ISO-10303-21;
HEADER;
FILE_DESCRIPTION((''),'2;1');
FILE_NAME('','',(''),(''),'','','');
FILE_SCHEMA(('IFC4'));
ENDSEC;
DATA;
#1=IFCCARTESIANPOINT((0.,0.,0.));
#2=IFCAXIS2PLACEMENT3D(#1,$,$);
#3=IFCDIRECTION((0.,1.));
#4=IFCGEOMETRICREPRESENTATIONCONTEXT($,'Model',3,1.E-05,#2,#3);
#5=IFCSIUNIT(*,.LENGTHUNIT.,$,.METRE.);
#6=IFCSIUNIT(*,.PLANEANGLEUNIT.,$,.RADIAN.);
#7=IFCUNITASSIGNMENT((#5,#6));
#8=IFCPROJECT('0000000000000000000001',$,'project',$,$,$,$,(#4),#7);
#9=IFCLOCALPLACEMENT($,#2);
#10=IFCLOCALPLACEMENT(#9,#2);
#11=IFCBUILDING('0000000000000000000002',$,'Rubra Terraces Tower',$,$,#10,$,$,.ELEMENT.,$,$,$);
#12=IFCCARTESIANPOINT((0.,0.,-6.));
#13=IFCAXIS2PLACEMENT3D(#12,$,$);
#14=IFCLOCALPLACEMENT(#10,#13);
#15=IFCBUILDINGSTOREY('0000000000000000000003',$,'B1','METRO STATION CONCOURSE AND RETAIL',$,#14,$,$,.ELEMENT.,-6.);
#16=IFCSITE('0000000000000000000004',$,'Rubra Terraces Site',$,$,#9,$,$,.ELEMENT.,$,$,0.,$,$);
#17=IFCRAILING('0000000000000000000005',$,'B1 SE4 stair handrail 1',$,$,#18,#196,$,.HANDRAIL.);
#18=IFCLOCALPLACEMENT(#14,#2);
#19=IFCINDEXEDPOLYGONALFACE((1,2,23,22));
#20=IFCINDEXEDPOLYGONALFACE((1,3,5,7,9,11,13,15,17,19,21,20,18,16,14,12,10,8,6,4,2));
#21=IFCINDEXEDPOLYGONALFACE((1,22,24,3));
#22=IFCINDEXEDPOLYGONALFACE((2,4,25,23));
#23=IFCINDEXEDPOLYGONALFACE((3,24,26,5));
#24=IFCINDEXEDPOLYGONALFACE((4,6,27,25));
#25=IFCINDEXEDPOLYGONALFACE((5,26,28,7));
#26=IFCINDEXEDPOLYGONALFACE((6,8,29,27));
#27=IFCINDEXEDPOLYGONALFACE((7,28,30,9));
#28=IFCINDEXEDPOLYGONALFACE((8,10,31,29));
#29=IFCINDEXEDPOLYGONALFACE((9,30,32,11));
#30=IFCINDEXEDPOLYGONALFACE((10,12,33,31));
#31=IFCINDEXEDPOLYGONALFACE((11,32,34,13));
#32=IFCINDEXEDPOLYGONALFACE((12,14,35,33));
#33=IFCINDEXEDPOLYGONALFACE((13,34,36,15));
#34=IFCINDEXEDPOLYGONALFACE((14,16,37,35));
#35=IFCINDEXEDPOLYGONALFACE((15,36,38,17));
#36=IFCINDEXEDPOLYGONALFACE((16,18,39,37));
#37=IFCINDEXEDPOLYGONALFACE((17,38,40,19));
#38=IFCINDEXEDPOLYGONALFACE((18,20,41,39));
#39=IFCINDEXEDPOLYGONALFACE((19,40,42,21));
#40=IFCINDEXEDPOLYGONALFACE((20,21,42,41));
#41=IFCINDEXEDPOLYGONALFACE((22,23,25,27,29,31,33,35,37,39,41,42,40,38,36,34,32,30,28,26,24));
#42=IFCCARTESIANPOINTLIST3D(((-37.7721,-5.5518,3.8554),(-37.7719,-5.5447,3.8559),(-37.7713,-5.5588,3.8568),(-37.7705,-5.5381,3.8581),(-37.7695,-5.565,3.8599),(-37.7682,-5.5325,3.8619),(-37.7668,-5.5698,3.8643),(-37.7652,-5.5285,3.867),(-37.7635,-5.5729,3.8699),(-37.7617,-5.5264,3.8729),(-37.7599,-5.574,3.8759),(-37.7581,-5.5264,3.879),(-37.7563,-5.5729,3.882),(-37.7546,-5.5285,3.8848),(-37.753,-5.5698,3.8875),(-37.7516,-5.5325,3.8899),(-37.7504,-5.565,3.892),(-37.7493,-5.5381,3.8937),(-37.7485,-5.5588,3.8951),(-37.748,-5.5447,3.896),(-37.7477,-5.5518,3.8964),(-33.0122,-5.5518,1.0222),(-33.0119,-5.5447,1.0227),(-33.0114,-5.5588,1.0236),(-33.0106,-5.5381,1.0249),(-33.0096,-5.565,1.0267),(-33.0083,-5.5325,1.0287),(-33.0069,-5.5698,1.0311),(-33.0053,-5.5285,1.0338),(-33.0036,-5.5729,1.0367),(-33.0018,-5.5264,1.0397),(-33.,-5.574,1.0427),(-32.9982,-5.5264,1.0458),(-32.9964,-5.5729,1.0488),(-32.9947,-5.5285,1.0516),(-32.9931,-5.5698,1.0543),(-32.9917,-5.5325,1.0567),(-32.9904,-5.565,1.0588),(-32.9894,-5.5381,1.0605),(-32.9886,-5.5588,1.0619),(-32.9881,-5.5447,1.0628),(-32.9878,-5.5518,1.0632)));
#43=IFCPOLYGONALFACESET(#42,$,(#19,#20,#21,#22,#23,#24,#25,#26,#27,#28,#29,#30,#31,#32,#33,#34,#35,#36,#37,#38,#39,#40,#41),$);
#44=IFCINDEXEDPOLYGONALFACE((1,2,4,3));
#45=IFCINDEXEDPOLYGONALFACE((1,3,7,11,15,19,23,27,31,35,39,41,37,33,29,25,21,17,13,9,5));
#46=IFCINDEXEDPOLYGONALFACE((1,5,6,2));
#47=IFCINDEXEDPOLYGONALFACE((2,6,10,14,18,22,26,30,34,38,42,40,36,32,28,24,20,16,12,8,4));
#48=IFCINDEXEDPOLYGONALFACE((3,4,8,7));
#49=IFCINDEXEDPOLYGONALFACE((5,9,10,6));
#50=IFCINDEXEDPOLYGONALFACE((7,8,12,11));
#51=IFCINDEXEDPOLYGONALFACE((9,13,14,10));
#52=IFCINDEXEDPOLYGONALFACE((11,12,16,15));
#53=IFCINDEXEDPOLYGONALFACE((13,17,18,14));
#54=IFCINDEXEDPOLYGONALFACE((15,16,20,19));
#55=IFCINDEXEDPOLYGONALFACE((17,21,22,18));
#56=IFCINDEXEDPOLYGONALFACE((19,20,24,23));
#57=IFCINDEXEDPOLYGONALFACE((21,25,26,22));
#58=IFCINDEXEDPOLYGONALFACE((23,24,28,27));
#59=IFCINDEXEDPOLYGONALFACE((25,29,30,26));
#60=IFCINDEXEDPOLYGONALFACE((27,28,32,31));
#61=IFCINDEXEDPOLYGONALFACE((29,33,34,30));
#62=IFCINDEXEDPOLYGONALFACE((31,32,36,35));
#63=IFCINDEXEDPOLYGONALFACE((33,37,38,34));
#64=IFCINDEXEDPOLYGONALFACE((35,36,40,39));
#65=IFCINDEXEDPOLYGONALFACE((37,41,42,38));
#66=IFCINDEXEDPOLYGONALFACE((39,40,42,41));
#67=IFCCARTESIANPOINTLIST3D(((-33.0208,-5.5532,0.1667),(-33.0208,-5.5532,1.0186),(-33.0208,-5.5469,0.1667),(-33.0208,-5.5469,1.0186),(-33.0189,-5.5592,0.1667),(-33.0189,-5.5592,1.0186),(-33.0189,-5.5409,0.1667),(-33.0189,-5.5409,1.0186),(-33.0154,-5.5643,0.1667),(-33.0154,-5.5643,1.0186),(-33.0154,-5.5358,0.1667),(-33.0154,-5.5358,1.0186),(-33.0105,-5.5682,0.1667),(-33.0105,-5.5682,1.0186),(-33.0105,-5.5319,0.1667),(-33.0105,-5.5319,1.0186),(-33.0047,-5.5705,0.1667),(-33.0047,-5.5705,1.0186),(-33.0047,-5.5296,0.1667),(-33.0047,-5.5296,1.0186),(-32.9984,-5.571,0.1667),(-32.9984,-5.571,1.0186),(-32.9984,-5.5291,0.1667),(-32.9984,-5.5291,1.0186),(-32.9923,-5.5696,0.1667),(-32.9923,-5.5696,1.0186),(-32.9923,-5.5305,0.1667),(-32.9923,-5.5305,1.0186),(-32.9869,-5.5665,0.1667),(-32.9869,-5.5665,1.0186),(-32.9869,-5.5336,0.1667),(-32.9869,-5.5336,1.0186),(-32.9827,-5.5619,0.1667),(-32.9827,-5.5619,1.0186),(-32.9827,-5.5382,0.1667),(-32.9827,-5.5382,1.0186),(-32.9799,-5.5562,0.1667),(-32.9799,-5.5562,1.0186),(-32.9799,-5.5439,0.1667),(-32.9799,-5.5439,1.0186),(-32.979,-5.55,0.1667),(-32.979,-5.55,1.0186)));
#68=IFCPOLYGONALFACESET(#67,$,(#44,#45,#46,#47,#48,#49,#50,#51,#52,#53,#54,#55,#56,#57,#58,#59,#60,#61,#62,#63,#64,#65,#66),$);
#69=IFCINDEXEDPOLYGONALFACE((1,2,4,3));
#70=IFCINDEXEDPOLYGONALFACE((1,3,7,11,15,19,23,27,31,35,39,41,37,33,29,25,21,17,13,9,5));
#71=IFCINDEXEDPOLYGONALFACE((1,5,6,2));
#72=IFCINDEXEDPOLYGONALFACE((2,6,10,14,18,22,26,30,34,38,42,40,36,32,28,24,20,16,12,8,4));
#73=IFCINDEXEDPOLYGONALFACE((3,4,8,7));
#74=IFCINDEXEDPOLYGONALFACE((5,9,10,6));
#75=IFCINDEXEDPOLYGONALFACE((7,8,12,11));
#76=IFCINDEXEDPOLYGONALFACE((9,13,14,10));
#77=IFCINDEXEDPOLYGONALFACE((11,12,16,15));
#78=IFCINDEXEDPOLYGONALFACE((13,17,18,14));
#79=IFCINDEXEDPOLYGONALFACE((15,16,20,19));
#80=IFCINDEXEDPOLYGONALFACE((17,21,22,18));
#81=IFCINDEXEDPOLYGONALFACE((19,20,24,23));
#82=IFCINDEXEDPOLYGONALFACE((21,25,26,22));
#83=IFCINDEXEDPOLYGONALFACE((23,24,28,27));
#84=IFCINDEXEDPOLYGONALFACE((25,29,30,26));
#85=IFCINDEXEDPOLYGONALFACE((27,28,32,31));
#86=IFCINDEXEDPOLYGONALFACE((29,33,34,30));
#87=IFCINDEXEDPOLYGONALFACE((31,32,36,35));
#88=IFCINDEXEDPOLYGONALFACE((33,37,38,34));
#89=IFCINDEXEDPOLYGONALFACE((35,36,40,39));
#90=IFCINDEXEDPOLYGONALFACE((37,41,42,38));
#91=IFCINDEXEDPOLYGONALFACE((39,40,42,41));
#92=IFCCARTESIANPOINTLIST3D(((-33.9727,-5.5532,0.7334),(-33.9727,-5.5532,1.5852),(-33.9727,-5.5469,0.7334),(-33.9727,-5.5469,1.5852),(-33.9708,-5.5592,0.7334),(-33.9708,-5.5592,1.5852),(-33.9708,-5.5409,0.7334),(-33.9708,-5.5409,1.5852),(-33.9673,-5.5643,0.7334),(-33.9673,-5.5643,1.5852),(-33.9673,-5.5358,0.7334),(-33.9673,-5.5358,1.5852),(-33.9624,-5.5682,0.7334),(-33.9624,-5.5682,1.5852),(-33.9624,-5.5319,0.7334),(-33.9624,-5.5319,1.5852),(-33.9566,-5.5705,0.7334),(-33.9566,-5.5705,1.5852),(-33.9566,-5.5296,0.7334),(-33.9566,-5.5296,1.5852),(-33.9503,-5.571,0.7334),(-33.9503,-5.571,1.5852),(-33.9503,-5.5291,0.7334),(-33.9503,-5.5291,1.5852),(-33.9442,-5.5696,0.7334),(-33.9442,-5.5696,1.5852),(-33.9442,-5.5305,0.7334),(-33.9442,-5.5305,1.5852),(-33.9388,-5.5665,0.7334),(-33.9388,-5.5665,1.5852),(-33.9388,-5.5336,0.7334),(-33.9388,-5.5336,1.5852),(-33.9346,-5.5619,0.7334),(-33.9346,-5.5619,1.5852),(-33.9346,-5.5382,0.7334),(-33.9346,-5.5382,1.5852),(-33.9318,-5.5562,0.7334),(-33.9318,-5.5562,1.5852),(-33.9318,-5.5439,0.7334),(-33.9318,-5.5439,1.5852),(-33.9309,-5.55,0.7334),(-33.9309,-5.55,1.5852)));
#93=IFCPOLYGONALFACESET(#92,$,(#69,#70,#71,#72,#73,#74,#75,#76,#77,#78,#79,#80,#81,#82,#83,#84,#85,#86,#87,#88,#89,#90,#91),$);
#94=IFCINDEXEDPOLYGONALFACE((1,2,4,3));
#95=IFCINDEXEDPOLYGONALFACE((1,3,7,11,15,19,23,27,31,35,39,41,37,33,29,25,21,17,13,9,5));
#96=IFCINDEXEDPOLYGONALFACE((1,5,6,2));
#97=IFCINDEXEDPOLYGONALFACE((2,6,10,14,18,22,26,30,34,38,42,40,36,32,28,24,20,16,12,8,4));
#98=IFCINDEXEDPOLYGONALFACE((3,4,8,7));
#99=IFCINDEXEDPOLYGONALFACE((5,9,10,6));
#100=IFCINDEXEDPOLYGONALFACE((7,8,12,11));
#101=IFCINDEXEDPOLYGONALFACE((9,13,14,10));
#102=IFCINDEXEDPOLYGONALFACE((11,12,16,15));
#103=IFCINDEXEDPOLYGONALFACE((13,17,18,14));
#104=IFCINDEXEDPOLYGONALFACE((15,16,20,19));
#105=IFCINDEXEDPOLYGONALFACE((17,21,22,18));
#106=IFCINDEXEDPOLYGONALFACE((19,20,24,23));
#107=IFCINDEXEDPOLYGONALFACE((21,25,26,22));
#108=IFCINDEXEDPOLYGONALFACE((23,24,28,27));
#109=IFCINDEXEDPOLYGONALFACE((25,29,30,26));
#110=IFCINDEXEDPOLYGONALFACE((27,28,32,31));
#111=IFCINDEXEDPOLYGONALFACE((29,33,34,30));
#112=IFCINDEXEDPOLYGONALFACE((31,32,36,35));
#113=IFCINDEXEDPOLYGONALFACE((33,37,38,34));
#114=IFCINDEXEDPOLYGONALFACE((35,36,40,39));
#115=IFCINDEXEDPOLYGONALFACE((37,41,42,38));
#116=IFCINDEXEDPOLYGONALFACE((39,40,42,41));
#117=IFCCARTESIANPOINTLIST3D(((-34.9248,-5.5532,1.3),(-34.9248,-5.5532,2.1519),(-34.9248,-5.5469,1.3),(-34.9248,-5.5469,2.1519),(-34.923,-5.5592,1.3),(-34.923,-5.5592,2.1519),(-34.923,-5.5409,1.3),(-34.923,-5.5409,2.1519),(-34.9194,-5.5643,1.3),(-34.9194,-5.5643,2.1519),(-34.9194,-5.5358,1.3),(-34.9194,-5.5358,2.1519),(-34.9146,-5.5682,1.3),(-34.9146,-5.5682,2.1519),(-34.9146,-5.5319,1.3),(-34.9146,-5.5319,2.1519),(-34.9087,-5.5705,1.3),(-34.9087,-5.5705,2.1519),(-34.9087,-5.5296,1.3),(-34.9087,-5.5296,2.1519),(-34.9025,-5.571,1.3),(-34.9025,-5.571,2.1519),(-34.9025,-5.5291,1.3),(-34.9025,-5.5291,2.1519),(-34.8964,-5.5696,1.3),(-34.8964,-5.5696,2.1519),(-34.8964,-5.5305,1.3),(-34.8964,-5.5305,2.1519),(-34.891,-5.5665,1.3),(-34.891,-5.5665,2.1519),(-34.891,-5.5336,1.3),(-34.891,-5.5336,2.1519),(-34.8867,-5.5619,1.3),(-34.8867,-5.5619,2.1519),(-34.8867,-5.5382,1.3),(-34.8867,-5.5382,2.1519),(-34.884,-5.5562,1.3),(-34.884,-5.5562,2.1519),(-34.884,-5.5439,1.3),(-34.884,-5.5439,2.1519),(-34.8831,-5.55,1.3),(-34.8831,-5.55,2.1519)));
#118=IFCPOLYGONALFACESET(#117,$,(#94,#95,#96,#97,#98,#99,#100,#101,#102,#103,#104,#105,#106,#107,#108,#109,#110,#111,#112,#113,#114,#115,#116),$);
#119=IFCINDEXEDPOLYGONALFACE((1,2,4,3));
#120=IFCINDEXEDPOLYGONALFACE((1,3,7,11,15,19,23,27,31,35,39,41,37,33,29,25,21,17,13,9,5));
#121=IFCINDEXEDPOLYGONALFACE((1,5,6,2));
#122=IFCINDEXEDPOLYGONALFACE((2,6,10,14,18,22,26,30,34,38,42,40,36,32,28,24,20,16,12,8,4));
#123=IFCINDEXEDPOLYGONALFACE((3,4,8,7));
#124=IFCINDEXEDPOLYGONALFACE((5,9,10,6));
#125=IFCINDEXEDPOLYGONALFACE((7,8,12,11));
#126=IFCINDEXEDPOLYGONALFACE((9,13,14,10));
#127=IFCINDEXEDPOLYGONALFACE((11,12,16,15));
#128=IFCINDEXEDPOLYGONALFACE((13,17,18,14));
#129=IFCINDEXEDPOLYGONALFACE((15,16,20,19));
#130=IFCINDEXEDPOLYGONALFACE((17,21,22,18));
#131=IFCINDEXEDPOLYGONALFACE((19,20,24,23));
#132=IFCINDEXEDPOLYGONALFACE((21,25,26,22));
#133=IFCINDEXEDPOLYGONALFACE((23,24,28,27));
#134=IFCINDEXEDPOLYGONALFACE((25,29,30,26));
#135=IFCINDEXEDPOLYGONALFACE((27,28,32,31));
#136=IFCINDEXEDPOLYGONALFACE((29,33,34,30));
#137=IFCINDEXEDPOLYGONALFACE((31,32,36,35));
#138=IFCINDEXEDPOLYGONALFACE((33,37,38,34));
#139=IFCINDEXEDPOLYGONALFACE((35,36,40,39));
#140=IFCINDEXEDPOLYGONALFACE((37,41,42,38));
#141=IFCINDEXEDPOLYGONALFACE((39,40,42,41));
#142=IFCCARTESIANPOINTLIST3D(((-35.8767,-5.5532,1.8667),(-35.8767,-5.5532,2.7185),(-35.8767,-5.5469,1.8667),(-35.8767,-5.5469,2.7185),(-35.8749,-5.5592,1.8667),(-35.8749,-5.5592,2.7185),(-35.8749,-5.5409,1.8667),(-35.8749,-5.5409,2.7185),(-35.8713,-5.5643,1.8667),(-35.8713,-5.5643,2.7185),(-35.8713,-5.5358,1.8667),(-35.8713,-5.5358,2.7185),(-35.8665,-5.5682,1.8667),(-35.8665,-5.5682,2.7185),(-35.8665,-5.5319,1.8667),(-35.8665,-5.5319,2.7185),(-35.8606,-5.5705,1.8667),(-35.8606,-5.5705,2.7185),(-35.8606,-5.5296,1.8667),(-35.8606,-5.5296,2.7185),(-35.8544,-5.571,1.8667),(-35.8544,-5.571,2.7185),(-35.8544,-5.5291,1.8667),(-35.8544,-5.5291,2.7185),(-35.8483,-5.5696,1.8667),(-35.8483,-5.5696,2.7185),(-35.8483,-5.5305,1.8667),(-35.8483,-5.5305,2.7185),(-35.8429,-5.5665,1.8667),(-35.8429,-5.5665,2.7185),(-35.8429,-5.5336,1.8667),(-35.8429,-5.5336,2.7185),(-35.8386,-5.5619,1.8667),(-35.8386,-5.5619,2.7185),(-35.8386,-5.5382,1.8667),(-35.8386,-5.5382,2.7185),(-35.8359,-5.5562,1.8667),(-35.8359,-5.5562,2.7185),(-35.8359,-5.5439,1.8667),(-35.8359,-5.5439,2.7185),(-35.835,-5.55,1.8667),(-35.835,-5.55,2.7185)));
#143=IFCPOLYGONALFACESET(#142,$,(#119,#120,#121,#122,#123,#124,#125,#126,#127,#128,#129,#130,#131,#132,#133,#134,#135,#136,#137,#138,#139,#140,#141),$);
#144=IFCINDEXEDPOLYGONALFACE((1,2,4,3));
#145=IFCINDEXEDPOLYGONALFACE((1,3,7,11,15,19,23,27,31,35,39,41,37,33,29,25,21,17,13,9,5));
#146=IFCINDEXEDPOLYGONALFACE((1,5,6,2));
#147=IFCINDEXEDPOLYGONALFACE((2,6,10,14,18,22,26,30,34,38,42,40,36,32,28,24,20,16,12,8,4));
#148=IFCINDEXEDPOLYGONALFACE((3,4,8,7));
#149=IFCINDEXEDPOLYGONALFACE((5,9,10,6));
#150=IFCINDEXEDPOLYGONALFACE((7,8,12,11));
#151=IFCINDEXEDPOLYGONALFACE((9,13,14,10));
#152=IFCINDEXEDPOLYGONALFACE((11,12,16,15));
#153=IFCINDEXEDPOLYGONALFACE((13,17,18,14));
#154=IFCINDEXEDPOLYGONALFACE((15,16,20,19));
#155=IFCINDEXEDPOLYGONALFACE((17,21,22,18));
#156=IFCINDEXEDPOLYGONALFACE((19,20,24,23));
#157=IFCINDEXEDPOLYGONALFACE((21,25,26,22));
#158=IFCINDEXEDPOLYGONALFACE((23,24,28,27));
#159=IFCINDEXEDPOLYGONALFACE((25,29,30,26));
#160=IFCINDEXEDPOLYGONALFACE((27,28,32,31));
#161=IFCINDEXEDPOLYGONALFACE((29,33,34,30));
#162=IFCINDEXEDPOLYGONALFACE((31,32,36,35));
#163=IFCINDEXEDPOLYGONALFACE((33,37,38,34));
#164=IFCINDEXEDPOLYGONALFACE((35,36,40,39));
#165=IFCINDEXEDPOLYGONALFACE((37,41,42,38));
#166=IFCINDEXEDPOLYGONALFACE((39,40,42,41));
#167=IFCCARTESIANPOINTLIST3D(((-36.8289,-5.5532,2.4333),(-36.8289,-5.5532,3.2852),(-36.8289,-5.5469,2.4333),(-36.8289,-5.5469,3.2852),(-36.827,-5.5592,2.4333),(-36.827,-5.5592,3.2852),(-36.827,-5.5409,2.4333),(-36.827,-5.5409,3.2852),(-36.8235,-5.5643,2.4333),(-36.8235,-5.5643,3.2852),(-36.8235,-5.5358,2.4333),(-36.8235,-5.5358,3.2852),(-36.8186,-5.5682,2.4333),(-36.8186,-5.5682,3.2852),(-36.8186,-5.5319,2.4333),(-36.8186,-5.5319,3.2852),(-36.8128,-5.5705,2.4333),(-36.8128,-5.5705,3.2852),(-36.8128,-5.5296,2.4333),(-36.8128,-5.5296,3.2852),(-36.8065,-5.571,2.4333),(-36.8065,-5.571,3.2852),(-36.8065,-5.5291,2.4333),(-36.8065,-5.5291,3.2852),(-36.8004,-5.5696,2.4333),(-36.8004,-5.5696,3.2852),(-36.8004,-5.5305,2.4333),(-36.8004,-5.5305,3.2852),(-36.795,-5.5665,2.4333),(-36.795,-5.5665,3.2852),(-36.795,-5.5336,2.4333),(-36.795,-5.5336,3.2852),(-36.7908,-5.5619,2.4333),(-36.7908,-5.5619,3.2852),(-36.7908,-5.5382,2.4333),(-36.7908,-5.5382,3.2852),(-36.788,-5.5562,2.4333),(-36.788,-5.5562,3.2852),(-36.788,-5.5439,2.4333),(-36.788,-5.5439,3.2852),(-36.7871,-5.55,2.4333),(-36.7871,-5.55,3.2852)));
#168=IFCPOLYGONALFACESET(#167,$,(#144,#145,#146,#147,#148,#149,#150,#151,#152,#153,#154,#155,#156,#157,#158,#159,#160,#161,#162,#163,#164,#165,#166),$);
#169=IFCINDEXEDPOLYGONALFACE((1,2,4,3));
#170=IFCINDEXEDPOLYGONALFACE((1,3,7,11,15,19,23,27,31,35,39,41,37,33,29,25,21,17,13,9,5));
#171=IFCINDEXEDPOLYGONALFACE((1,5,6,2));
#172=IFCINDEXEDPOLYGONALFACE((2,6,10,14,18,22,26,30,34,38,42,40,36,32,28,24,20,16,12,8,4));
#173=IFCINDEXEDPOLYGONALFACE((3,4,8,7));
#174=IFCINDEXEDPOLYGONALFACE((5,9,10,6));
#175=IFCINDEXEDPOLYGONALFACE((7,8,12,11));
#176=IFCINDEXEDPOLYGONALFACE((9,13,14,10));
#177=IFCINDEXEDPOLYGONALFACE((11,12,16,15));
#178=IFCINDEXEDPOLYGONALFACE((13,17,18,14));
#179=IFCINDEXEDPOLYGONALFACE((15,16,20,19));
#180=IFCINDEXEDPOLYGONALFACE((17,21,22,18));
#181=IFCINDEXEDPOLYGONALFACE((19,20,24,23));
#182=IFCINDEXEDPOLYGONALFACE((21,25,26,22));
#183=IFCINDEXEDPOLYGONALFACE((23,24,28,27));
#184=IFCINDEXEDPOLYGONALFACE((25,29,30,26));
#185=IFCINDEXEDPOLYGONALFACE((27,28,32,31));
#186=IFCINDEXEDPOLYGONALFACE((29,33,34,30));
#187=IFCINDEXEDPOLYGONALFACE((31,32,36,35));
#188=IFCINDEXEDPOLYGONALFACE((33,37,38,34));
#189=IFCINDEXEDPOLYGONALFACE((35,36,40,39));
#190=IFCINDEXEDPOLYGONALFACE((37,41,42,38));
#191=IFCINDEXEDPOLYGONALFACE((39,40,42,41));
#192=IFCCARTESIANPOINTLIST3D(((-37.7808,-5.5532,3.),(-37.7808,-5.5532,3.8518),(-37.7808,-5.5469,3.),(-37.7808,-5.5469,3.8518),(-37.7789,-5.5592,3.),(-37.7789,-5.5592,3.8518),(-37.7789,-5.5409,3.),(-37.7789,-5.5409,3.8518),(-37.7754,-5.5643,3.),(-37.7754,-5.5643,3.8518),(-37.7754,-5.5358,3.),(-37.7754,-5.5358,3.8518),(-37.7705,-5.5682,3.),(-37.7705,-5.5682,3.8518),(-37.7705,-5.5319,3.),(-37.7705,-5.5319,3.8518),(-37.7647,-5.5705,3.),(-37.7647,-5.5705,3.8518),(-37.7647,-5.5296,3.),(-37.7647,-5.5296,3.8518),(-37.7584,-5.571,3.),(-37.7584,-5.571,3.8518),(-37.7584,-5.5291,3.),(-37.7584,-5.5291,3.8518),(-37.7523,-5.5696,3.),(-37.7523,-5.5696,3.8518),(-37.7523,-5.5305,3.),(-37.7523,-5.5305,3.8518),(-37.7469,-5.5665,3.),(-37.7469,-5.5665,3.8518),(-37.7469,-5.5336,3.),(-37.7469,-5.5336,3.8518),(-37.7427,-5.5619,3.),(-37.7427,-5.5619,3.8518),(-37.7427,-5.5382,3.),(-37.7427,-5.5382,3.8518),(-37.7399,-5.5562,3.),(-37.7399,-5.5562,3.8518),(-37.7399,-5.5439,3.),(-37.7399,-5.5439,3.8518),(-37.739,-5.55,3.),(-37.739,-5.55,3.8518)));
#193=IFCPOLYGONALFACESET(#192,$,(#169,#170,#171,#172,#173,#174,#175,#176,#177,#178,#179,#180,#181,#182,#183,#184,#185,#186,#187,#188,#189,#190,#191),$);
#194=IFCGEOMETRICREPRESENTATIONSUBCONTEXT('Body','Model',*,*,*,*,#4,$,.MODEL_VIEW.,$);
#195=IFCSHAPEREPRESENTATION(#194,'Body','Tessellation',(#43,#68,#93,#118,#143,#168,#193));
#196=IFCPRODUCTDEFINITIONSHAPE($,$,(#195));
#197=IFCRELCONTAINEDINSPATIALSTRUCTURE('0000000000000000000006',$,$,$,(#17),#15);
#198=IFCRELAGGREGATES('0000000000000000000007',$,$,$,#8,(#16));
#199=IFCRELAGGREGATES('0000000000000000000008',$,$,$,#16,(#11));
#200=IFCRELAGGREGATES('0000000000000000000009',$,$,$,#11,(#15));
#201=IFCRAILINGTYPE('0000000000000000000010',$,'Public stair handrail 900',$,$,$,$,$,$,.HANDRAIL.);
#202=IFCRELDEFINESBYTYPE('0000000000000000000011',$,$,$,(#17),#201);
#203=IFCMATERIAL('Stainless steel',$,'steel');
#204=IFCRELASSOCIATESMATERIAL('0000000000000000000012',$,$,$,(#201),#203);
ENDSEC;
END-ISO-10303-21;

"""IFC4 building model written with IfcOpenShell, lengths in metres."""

from ifc_helpers import new_model, si_unit, direction, frame, origin, origin_2d, place, context, subcontext, project, spatial, circle, extrude, material, type_object, element, save


model = new_model("IFC4")

# Units and contexts
model_context = context("Model", 3, precision=1e-05, world=origin(), true_north=direction((0.0, 1.0)))
body_context = subcontext(model_context, "Body", "Model", "MODEL_VIEW")
ifc_project = project(units=[si_unit("LENGTHUNIT", "METRE"), si_unit("PLANEANGLEUNIT", "RADIAN")], contexts=[model_context])

# Site, building, storey
site_placement = place(None, origin())
site = spatial("IfcSite", under=ifc_project, at=site_placement, Name="Rubra Terraces Site", CompositionType="ELEMENT", RefElevation=0.0)
building_placement = place(site_placement, origin())
building = spatial("IfcBuilding", under=site, at=building_placement, Name="Rubra Terraces Tower", CompositionType="ELEMENT")
storey_placement = place(building_placement, frame((0.0, 0.0, -6.0)))
storey = spatial("IfcBuildingStorey", under=building, at=storey_placement, Name="B1", Description="METRO STATION CONCOURSE AND RETAIL", CompositionType="ELEMENT", Elevation=-6.0)

# Shared definitions
ifc_material_1 = material(Name="Stainless steel", Category="steel")

# Railing
railing_type_1 = type_object("IfcRailingType", Name="Public stair handrail 900", PredefinedType="HANDRAIL", material=ifc_material_1)
railing_1_placement = place(storey_placement, frame((-33.0, -5.55, 0.1667)))
element("IfcRailing", 1, at=railing_1_placement, inside=storey, type_object=railing_type_1, Name="B1 SE4 stair handrail 1", PredefinedType="HANDRAIL", context=body_context, shape_type="SweptSolid", body=[
    extrude(circle(Radius=0.0239, at=origin_2d()), frame((0.0, 0.0, 0.876), z_axis=(-0.8593, 0.0, 0.511472), x_axis=(0.0, -1.0, 0.0)), (0.0, 0.0, 1.0), 5.5393),
    extrude(circle(Radius=0.021, at=origin_2d()), origin(), (0.0, 0.0, 1.0), 0.8518),
    extrude(circle(Radius=0.021, at=origin_2d()), frame((-0.9519, 0.0, 0.5667)), (0.0, 0.0, 1.0), 0.8518),
    extrude(circle(Radius=0.021, at=origin_2d()), frame((-1.9041, 0.0, 1.1333)), (0.0, 0.0, 1.0), 0.8518),
    extrude(circle(Radius=0.021, at=origin_2d()), frame((-2.856, 0.0, 1.7)), (0.0, 0.0, 1.0), 0.8518),
    extrude(circle(Radius=0.021, at=origin_2d()), frame((-3.8081, 0.0, 2.2666)), (0.0, 0.0, 1.0), 0.8518),
    extrude(circle(Radius=0.021, at=origin_2d()), frame((-4.76, 0.0, 2.8333)), (0.0, 0.0, 1.0), 0.8518),
])

save(model, "model.ifc")
